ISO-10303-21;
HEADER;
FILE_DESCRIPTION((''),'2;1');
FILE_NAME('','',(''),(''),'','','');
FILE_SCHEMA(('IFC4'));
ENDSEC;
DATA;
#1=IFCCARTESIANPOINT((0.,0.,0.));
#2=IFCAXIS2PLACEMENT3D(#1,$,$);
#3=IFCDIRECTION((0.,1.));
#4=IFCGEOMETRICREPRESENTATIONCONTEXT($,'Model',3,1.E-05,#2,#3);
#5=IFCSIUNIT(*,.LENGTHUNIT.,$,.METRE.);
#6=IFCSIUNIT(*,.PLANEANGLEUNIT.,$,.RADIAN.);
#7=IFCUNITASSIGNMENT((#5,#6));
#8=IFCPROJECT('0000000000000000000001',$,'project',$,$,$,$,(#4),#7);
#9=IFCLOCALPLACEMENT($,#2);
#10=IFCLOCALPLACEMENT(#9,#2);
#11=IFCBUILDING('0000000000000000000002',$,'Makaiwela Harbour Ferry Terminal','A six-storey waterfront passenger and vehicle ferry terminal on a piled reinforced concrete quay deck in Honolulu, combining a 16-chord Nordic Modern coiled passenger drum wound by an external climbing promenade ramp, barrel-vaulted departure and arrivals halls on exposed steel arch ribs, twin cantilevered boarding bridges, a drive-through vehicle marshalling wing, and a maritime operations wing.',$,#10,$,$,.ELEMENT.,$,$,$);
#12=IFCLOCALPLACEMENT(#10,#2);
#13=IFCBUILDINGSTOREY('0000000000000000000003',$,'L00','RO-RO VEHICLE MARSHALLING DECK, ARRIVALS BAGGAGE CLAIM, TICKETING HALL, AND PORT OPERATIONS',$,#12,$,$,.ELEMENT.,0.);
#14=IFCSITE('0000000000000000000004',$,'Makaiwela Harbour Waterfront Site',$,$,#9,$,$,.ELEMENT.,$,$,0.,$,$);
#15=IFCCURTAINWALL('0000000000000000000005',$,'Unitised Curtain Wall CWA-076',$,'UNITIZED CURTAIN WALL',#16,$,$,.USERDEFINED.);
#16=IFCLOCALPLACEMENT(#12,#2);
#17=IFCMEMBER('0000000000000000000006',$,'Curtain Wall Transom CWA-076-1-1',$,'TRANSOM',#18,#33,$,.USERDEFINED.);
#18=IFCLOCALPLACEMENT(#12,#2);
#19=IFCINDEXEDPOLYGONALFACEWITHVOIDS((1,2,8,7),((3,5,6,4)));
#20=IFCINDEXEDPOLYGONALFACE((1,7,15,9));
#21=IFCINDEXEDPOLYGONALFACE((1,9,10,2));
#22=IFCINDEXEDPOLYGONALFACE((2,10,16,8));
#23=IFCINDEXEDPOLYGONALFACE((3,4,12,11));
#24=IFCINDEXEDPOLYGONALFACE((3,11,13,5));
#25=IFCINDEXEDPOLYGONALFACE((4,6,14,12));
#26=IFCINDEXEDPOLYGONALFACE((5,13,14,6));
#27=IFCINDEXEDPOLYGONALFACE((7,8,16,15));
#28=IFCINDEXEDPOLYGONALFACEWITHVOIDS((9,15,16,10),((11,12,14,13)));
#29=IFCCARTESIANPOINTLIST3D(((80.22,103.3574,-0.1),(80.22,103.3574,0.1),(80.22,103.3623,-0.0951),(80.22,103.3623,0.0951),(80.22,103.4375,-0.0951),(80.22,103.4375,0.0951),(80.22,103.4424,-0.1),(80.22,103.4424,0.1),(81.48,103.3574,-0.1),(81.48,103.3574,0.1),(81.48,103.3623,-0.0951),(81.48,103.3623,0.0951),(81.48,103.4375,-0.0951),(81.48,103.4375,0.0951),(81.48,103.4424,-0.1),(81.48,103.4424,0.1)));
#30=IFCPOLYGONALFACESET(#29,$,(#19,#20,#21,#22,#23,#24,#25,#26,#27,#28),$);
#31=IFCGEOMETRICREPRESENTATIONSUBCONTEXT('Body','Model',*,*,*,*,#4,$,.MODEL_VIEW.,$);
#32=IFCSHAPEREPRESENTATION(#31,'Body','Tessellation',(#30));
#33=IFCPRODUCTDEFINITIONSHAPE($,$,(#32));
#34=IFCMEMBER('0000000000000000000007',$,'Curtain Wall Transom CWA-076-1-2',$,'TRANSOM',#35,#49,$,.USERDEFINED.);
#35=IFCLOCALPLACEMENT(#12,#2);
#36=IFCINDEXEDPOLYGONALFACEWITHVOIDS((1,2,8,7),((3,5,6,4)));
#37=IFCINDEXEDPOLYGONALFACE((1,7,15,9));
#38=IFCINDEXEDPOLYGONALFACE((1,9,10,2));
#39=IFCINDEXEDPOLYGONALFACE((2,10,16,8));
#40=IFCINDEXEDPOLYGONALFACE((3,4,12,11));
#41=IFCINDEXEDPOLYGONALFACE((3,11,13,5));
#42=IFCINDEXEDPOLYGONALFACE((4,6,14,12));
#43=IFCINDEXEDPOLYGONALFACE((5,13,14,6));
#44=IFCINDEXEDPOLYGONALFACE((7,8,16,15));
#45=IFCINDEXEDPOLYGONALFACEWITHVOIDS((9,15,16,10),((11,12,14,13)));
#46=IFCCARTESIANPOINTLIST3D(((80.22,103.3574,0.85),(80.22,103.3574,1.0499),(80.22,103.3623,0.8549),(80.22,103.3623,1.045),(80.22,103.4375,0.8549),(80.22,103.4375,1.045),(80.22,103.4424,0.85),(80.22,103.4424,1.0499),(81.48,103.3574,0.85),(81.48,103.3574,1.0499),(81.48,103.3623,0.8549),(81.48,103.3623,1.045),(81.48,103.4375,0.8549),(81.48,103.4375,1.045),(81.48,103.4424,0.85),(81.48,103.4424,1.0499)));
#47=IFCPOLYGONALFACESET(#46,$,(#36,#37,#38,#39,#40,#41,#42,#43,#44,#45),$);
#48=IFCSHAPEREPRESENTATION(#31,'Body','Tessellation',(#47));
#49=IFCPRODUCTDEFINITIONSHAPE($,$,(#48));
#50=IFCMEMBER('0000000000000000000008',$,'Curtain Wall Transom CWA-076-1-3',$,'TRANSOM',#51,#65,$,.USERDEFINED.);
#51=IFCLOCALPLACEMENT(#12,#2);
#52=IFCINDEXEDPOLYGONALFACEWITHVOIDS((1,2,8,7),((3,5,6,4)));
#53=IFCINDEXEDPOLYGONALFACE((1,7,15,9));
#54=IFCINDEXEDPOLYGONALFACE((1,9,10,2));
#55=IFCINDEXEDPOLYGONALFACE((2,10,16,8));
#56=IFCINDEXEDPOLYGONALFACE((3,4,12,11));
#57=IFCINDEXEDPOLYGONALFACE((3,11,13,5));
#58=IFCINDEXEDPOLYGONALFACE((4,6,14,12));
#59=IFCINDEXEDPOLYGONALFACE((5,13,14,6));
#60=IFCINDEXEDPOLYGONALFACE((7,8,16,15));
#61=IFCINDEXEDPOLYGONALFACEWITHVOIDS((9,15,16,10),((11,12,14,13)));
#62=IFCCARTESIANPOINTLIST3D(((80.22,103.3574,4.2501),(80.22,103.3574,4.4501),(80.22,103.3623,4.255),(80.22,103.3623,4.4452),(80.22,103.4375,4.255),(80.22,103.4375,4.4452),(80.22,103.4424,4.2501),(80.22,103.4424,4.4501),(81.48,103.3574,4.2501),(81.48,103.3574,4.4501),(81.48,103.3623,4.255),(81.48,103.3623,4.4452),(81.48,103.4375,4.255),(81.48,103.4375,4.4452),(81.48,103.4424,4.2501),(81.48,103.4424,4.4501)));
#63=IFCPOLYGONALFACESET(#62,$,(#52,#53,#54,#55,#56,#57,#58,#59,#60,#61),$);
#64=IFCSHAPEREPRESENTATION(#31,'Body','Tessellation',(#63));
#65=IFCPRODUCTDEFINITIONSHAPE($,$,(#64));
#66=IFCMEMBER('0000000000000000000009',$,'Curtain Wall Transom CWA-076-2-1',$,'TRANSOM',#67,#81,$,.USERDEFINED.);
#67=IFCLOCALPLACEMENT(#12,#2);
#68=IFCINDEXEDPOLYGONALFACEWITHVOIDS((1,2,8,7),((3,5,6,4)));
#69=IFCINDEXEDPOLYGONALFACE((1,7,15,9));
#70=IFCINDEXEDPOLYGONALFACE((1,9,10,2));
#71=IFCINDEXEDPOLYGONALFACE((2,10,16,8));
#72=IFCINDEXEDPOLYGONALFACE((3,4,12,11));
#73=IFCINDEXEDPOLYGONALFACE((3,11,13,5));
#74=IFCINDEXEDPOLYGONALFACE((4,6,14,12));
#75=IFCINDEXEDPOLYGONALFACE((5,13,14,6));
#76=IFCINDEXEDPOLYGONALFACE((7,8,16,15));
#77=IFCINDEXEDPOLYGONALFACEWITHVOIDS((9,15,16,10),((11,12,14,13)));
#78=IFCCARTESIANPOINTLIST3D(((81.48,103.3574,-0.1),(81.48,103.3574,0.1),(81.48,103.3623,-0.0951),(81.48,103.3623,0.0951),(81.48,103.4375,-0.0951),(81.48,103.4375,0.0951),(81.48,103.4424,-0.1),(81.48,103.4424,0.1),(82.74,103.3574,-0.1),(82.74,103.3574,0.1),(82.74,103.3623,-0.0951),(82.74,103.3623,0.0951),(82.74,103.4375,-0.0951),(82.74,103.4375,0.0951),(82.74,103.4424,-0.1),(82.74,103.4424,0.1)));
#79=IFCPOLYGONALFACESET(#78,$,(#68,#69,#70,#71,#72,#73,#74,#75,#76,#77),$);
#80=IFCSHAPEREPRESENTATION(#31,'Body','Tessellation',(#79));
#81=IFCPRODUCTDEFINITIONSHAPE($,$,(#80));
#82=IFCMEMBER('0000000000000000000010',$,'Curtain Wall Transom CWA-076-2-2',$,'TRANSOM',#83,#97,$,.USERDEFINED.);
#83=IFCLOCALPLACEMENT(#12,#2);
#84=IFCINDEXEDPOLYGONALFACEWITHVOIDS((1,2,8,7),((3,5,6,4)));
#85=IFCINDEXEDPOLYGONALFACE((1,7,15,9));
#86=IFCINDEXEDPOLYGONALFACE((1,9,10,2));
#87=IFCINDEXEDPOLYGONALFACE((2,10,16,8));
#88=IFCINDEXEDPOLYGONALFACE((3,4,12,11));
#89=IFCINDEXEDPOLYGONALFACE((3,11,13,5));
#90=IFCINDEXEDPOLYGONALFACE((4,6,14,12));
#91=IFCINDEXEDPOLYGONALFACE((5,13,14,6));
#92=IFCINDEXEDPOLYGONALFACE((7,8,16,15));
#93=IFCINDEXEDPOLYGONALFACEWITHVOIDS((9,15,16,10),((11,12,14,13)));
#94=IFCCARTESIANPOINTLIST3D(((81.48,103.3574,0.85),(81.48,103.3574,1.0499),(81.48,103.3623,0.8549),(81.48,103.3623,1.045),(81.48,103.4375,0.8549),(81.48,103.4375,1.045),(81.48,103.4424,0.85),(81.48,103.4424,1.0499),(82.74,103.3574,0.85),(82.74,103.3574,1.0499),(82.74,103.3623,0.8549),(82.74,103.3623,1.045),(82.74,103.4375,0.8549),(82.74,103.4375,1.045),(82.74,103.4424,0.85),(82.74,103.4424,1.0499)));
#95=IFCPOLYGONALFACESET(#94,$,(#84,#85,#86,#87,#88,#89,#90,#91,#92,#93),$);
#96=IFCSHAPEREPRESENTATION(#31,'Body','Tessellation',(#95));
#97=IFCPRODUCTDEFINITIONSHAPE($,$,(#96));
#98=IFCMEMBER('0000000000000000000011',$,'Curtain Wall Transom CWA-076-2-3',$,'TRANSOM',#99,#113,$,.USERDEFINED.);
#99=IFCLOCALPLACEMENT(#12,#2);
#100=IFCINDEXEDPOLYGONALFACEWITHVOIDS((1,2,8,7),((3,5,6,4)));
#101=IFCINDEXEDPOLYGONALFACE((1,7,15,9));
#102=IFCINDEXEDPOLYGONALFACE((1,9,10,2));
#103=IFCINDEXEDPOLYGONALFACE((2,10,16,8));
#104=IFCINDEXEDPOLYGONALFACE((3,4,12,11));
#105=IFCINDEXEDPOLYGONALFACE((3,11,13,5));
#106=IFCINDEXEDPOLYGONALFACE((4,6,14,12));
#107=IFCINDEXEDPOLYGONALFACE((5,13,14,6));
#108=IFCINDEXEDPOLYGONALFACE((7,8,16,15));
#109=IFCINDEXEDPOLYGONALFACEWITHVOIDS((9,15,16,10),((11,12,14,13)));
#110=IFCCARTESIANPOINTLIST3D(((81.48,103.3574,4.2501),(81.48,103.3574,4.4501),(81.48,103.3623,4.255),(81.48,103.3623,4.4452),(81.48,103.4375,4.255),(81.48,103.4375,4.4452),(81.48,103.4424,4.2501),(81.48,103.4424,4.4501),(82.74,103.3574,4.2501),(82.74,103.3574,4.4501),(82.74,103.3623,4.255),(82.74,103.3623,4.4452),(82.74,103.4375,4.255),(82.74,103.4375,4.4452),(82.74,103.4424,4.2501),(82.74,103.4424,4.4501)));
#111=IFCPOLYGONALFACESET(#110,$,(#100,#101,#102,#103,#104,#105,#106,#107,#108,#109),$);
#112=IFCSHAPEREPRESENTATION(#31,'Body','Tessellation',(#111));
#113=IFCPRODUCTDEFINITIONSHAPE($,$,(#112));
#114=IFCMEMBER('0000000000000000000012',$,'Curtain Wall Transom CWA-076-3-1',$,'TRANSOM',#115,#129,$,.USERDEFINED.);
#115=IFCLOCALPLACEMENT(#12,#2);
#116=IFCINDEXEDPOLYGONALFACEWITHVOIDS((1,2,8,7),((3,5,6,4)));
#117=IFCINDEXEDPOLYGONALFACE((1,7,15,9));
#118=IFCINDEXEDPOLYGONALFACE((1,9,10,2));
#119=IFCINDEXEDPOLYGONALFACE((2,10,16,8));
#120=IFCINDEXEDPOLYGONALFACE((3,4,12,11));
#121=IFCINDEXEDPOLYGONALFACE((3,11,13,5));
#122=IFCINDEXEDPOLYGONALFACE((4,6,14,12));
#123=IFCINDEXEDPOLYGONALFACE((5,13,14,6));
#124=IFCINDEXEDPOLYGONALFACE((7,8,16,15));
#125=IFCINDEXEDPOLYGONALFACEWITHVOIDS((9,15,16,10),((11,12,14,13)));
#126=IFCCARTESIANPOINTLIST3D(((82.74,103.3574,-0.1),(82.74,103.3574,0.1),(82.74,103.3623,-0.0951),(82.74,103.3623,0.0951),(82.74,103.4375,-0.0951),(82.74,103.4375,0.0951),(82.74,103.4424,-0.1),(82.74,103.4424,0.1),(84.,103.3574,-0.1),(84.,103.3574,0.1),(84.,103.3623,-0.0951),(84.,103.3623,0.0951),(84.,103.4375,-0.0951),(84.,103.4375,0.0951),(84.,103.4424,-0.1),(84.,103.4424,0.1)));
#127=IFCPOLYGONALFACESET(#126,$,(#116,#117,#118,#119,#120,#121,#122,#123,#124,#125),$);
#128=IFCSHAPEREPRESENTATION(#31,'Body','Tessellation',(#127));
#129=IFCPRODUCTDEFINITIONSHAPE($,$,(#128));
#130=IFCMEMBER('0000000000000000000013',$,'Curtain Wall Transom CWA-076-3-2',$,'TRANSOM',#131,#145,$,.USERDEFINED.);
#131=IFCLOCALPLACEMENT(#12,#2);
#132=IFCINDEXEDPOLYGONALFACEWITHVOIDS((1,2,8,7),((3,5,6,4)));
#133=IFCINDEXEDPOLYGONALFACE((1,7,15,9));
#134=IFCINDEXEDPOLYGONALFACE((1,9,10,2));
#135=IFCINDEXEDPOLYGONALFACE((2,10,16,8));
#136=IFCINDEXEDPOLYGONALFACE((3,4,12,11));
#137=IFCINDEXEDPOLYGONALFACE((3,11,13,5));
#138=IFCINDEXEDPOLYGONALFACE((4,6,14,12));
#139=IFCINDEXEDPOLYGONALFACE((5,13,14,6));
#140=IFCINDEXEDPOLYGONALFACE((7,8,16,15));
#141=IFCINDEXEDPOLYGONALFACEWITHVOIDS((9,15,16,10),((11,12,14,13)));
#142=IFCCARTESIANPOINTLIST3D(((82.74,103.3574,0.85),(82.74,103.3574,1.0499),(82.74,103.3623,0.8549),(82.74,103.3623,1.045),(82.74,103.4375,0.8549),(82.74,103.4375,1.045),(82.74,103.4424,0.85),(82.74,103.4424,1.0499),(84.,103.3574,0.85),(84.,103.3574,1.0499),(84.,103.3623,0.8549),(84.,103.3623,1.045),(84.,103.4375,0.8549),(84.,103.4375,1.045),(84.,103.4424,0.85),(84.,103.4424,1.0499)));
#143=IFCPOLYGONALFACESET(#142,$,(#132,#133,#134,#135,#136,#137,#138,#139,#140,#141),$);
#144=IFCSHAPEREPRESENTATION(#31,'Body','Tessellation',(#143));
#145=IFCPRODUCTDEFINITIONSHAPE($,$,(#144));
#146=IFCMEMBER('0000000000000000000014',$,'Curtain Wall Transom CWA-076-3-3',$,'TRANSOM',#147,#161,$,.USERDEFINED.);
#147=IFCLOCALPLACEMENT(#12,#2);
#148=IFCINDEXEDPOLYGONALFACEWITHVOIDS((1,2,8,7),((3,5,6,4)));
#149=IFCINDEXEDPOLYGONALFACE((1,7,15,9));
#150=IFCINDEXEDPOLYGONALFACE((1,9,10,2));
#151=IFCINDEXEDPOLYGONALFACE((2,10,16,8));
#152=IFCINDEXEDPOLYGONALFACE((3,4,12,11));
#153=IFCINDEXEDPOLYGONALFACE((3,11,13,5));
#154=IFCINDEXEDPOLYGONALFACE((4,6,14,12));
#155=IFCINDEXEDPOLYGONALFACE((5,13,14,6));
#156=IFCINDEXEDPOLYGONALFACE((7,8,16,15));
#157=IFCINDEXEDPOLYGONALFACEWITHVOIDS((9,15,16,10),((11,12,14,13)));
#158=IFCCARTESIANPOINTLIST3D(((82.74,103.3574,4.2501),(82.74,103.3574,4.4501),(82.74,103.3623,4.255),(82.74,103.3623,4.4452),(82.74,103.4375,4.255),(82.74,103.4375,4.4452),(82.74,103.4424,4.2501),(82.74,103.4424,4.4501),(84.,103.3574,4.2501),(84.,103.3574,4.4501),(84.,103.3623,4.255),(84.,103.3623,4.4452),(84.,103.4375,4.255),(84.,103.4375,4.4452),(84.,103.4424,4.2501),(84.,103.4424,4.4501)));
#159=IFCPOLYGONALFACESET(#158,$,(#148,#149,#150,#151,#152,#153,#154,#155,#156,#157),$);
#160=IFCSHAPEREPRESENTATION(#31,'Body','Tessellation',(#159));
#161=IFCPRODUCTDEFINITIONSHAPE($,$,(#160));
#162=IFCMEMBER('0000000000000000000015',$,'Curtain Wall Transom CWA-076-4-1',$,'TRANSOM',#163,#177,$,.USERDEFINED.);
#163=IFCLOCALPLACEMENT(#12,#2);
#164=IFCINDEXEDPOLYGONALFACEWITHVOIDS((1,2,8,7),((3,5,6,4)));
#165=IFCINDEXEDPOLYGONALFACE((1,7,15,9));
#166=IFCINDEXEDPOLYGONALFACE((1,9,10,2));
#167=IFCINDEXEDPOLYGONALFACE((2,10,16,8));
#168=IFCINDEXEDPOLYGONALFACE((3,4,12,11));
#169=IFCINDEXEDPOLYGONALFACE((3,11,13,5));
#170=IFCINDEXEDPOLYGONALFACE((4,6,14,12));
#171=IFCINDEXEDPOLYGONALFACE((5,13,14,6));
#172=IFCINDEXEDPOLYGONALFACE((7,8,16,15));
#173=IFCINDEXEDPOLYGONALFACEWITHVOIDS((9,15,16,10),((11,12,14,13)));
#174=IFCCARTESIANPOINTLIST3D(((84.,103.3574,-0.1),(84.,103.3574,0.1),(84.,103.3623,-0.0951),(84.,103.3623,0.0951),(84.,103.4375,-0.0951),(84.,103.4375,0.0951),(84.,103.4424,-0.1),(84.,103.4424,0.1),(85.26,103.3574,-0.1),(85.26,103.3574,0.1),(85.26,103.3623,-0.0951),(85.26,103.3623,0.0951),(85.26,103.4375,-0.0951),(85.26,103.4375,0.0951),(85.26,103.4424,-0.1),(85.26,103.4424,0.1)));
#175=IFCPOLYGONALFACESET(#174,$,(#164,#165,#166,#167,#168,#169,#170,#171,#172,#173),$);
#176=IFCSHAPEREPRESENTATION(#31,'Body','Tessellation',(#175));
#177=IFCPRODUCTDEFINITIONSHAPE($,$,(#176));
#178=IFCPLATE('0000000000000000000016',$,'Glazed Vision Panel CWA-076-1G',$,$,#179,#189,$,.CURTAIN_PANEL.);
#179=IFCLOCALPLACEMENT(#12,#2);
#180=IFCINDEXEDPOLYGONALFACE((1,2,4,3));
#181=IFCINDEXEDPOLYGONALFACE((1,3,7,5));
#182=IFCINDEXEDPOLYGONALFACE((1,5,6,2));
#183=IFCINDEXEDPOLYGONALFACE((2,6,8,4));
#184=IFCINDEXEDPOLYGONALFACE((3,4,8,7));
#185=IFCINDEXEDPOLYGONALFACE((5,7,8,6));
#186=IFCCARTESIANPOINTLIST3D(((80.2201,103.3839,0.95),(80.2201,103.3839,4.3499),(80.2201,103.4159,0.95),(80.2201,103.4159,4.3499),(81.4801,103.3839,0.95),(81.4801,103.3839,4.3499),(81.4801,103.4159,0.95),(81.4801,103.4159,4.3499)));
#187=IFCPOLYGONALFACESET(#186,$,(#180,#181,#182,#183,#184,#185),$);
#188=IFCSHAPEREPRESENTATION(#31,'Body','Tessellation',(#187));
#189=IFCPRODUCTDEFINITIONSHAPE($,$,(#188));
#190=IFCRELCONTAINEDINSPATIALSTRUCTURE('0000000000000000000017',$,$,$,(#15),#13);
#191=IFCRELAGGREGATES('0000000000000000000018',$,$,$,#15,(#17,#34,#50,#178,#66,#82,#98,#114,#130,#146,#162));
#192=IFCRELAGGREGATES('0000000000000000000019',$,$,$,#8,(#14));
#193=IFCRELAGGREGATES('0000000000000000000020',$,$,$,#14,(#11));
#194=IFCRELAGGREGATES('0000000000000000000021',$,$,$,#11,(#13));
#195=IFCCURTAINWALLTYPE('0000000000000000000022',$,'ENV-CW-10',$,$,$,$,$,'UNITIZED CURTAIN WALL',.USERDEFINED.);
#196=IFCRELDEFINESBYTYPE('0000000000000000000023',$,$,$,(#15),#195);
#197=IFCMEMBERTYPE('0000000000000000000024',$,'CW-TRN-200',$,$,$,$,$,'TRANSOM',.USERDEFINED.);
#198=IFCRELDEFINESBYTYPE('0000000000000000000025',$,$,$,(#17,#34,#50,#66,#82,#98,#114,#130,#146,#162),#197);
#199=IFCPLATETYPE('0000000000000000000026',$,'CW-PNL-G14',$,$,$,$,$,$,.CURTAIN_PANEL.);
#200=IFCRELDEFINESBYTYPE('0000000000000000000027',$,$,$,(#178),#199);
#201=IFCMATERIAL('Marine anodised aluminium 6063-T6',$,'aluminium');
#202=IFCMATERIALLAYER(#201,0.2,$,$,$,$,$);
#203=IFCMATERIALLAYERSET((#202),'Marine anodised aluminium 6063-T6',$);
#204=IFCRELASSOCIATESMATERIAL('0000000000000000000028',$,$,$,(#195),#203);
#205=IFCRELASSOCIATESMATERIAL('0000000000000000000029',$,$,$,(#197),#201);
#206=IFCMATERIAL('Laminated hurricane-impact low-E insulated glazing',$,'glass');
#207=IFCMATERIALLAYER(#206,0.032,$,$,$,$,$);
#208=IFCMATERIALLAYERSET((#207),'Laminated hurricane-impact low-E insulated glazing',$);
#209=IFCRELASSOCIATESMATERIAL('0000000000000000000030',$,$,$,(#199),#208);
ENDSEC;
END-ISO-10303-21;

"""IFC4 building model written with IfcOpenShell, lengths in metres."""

from ifc_helpers import new_model, si_unit, direction, frame, origin, origin_2d, place, context, subcontext, project, spatial, rectangle, hollow_rectangle, extrude, material, layer, layer_set, material_profile, profile_set, type_object, element, aggregate, save


model = new_model("IFC4")

# Units and contexts
model_context = context("Model", 3, precision=1e-05, world=origin(), true_north=direction((0.0, 1.0)))
body_context = subcontext(model_context, "Body", "Model", "MODEL_VIEW")
ifc_project = project(units=[si_unit("LENGTHUNIT", "METRE"), si_unit("PLANEANGLEUNIT", "RADIAN")], contexts=[model_context])

# Site, building, storey
site_placement = place(None, origin())
site = spatial("IfcSite", under=ifc_project, at=site_placement, Name="Makaiwela Harbour Waterfront Site", CompositionType="ELEMENT", RefElevation=0.0)
building_placement = place(site_placement, origin())
building = spatial("IfcBuilding", under=site, at=building_placement, Name="Makaiwela Harbour Ferry Terminal", Description="A six-storey waterfront passenger and vehicle ferry terminal on a piled reinforced concrete quay deck in Honolulu, combining a 16-chord Nordic Modern coiled passenger drum wound by an external climbing promenade ramp, barrel-vaulted departure and arrivals halls on exposed steel arch ribs, twin cantilevered boarding bridges, a drive-through vehicle marshalling wing, and a maritime operations wing.", CompositionType="ELEMENT")
storey_placement = place(building_placement, origin())
storey = spatial("IfcBuildingStorey", under=building, at=storey_placement, Name="L00", Description="RO-RO VEHICLE MARSHALLING DECK, ARRIVALS BAGGAGE CLAIM, TICKETING HALL, AND PORT OPERATIONS", CompositionType="ELEMENT", Elevation=0.0)

# Curtain wall, members, plate
ifc_material_1 = material(Name="Marine anodised aluminium 6063-T6", Category="aluminium")
ifc_layer_1 = layer(ifc_material_1, 0.2)
ifc_layer_set_1 = layer_set([ifc_layer_1], Name="Marine anodised aluminium 6063-T6")
curtain_wall_type = type_object("IfcCurtainWallType", Name="ENV-CW-10", ElementType="UNITIZED CURTAIN WALL", PredefinedType="USERDEFINED", material=ifc_layer_set_1)
curtain_wall_placement = place(storey_placement, origin())
curtain_wall = element("IfcCurtainWall", 1, at=curtain_wall_placement, inside=storey, type_object=curtain_wall_type, Name="Unitised Curtain Wall CWA-076", ObjectType="UNITIZED CURTAIN WALL", PredefinedType="USERDEFINED")
ifc_material_profile_1 = material_profile(ifc_material_1, hollow_rectangle(XDim=0.085, YDim=0.2, WallThickness=0.0049, at=origin_2d()), Name="CWT-200X85")
ifc_profile_set_1 = profile_set([ifc_material_profile_1], Name="Marine anodised aluminium 6063-T6")
member_type_1 = type_object("IfcMemberType", Name="CW-TRN-200", ElementType="TRANSOM", PredefinedType="USERDEFINED", material=ifc_profile_set_1)
member_1_placement = place(storey_placement, frame((80.22, 103.3999, 0.0), z_axis=(1.0, 0.0, 0.0), x_axis=(0.0, 1.0, 0.0)))
member_1 = element("IfcMember", 2, at=member_1_placement, type_object=member_type_1, Name="Curtain Wall Transom CWA-076-1-1", ObjectType="TRANSOM", PredefinedType="USERDEFINED", context=body_context, shape_type="SweptSolid", body=[
    extrude(hollow_rectangle(XDim=0.085, YDim=0.2, WallThickness=0.0049, at=origin_2d()), origin(), (0.0, 0.0, 1.0), 1.26),
])
member_2_placement = place(storey_placement, frame((80.22, 103.3999, 0.95), z_axis=(1.0, 0.0, 0.0), x_axis=(0.0, 1.0, 0.0)))
member_2 = element("IfcMember", 3, at=member_2_placement, type_object=member_type_1, Name="Curtain Wall Transom CWA-076-1-2", ObjectType="TRANSOM", PredefinedType="USERDEFINED", context=body_context, shape_type="SweptSolid", body=[
    extrude(hollow_rectangle(XDim=0.085, YDim=0.2, WallThickness=0.0049, at=origin_2d()), origin(), (0.0, 0.0, 1.0), 1.26),
])
member_3_placement = place(storey_placement, frame((80.22, 103.3999, 4.3501), z_axis=(1.0, 0.0, 0.0), x_axis=(0.0, 1.0, 0.0)))
member_3 = element("IfcMember", 4, at=member_3_placement, type_object=member_type_1, Name="Curtain Wall Transom CWA-076-1-3", ObjectType="TRANSOM", PredefinedType="USERDEFINED", context=body_context, shape_type="SweptSolid", body=[
    extrude(hollow_rectangle(XDim=0.085, YDim=0.2, WallThickness=0.0049, at=origin_2d()), origin(), (0.0, 0.0, 1.0), 1.26),
])
member_4_placement = place(storey_placement, frame((81.48, 103.3999, 0.0), z_axis=(1.0, 0.0, 0.0), x_axis=(0.0, 1.0, 0.0)))
member_4 = element("IfcMember", 5, at=member_4_placement, type_object=member_type_1, Name="Curtain Wall Transom CWA-076-2-1", ObjectType="TRANSOM", PredefinedType="USERDEFINED", context=body_context, shape_type="SweptSolid", body=[
    extrude(hollow_rectangle(XDim=0.085, YDim=0.2, WallThickness=0.0049, at=origin_2d()), origin(), (0.0, 0.0, 1.0), 1.26),
])
member_5_placement = place(storey_placement, frame((81.48, 103.3999, 0.95), z_axis=(1.0, 0.0, 0.0), x_axis=(0.0, 1.0, 0.0)))
member_5 = element("IfcMember", 6, at=member_5_placement, type_object=member_type_1, Name="Curtain Wall Transom CWA-076-2-2", ObjectType="TRANSOM", PredefinedType="USERDEFINED", context=body_context, shape_type="SweptSolid", body=[
    extrude(hollow_rectangle(XDim=0.085, YDim=0.2, WallThickness=0.0049, at=origin_2d()), origin(), (0.0, 0.0, 1.0), 1.26),
])
member_6_placement = place(storey_placement, frame((81.48, 103.3999, 4.3501), z_axis=(1.0, 0.0, 0.0), x_axis=(0.0, 1.0, 0.0)))
member_6 = element("IfcMember", 7, at=member_6_placement, type_object=member_type_1, Name="Curtain Wall Transom CWA-076-2-3", ObjectType="TRANSOM", PredefinedType="USERDEFINED", context=body_context, shape_type="SweptSolid", body=[
    extrude(hollow_rectangle(XDim=0.085, YDim=0.2, WallThickness=0.0049, at=origin_2d()), origin(), (0.0, 0.0, 1.0), 1.26),
])
member_7_placement = place(storey_placement, frame((82.74, 103.3999, 0.0), z_axis=(1.0, 0.0, 0.0), x_axis=(0.0, 1.0, 0.0)))
member_7 = element("IfcMember", 8, at=member_7_placement, type_object=member_type_1, Name="Curtain Wall Transom CWA-076-3-1", ObjectType="TRANSOM", PredefinedType="USERDEFINED", context=body_context, shape_type="SweptSolid", body=[
    extrude(hollow_rectangle(XDim=0.085, YDim=0.2, WallThickness=0.0049, at=origin_2d()), origin(), (0.0, 0.0, 1.0), 1.26),
])
member_8_placement = place(storey_placement, frame((82.74, 103.3999, 0.95), z_axis=(1.0, 0.0, 0.0), x_axis=(0.0, 1.0, 0.0)))
member_8 = element("IfcMember", 9, at=member_8_placement, type_object=member_type_1, Name="Curtain Wall Transom CWA-076-3-2", ObjectType="TRANSOM", PredefinedType="USERDEFINED", context=body_context, shape_type="SweptSolid", body=[
    extrude(hollow_rectangle(XDim=0.085, YDim=0.2, WallThickness=0.0049, at=origin_2d()), origin(), (0.0, 0.0, 1.0), 1.26),
])
member_9_placement = place(storey_placement, frame((82.74, 103.3999, 4.3501), z_axis=(1.0, 0.0, 0.0), x_axis=(0.0, 1.0, 0.0)))
member_9 = element("IfcMember", 10, at=member_9_placement, type_object=member_type_1, Name="Curtain Wall Transom CWA-076-3-3", ObjectType="TRANSOM", PredefinedType="USERDEFINED", context=body_context, shape_type="SweptSolid", body=[
    extrude(hollow_rectangle(XDim=0.085, YDim=0.2, WallThickness=0.0049, at=origin_2d()), origin(), (0.0, 0.0, 1.0), 1.26),
])
member_10_placement = place(storey_placement, frame((84.0, 103.3999, 0.0), z_axis=(1.0, 0.0, 0.0), x_axis=(0.0, 1.0, 0.0)))
member_10 = element("IfcMember", 11, at=member_10_placement, type_object=member_type_1, Name="Curtain Wall Transom CWA-076-4-1", ObjectType="TRANSOM", PredefinedType="USERDEFINED", context=body_context, shape_type="SweptSolid", body=[
    extrude(hollow_rectangle(XDim=0.085, YDim=0.2, WallThickness=0.0049, at=origin_2d()), origin(), (0.0, 0.0, 1.0), 1.26),
])
ifc_material_2 = material(Name="Laminated hurricane-impact low-E insulated glazing", Category="glass")
ifc_layer_2 = layer(ifc_material_2, 0.032)
ifc_layer_set_2 = layer_set([ifc_layer_2], Name="Laminated hurricane-impact low-E insulated glazing")
plate_type_1 = type_object("IfcPlateType", Name="CW-PNL-G14", PredefinedType="CURTAIN_PANEL", material=ifc_layer_set_2)
plate_1_placement = place(storey_placement, frame((80.8501, 103.3999, 0.95), z_axis=(0.0, 0.0, 1.0), x_axis=(1.0, 0.0, 0.0)))
plate_1 = element("IfcPlate", 12, at=plate_1_placement, type_object=plate_type_1, Name="Glazed Vision Panel CWA-076-1G", PredefinedType="CURTAIN_PANEL", context=body_context, shape_type="SweptSolid", body=[
    extrude(rectangle(XDim=1.26, YDim=0.032, at=origin_2d()), origin(), (0.0, 0.0, 1.0), 3.3999),
])
aggregate(curtain_wall, [member_1, member_2, member_3, plate_1, member_4, member_5, member_6, member_7, member_8, member_9, member_10])

save(model, "model.ifc")
